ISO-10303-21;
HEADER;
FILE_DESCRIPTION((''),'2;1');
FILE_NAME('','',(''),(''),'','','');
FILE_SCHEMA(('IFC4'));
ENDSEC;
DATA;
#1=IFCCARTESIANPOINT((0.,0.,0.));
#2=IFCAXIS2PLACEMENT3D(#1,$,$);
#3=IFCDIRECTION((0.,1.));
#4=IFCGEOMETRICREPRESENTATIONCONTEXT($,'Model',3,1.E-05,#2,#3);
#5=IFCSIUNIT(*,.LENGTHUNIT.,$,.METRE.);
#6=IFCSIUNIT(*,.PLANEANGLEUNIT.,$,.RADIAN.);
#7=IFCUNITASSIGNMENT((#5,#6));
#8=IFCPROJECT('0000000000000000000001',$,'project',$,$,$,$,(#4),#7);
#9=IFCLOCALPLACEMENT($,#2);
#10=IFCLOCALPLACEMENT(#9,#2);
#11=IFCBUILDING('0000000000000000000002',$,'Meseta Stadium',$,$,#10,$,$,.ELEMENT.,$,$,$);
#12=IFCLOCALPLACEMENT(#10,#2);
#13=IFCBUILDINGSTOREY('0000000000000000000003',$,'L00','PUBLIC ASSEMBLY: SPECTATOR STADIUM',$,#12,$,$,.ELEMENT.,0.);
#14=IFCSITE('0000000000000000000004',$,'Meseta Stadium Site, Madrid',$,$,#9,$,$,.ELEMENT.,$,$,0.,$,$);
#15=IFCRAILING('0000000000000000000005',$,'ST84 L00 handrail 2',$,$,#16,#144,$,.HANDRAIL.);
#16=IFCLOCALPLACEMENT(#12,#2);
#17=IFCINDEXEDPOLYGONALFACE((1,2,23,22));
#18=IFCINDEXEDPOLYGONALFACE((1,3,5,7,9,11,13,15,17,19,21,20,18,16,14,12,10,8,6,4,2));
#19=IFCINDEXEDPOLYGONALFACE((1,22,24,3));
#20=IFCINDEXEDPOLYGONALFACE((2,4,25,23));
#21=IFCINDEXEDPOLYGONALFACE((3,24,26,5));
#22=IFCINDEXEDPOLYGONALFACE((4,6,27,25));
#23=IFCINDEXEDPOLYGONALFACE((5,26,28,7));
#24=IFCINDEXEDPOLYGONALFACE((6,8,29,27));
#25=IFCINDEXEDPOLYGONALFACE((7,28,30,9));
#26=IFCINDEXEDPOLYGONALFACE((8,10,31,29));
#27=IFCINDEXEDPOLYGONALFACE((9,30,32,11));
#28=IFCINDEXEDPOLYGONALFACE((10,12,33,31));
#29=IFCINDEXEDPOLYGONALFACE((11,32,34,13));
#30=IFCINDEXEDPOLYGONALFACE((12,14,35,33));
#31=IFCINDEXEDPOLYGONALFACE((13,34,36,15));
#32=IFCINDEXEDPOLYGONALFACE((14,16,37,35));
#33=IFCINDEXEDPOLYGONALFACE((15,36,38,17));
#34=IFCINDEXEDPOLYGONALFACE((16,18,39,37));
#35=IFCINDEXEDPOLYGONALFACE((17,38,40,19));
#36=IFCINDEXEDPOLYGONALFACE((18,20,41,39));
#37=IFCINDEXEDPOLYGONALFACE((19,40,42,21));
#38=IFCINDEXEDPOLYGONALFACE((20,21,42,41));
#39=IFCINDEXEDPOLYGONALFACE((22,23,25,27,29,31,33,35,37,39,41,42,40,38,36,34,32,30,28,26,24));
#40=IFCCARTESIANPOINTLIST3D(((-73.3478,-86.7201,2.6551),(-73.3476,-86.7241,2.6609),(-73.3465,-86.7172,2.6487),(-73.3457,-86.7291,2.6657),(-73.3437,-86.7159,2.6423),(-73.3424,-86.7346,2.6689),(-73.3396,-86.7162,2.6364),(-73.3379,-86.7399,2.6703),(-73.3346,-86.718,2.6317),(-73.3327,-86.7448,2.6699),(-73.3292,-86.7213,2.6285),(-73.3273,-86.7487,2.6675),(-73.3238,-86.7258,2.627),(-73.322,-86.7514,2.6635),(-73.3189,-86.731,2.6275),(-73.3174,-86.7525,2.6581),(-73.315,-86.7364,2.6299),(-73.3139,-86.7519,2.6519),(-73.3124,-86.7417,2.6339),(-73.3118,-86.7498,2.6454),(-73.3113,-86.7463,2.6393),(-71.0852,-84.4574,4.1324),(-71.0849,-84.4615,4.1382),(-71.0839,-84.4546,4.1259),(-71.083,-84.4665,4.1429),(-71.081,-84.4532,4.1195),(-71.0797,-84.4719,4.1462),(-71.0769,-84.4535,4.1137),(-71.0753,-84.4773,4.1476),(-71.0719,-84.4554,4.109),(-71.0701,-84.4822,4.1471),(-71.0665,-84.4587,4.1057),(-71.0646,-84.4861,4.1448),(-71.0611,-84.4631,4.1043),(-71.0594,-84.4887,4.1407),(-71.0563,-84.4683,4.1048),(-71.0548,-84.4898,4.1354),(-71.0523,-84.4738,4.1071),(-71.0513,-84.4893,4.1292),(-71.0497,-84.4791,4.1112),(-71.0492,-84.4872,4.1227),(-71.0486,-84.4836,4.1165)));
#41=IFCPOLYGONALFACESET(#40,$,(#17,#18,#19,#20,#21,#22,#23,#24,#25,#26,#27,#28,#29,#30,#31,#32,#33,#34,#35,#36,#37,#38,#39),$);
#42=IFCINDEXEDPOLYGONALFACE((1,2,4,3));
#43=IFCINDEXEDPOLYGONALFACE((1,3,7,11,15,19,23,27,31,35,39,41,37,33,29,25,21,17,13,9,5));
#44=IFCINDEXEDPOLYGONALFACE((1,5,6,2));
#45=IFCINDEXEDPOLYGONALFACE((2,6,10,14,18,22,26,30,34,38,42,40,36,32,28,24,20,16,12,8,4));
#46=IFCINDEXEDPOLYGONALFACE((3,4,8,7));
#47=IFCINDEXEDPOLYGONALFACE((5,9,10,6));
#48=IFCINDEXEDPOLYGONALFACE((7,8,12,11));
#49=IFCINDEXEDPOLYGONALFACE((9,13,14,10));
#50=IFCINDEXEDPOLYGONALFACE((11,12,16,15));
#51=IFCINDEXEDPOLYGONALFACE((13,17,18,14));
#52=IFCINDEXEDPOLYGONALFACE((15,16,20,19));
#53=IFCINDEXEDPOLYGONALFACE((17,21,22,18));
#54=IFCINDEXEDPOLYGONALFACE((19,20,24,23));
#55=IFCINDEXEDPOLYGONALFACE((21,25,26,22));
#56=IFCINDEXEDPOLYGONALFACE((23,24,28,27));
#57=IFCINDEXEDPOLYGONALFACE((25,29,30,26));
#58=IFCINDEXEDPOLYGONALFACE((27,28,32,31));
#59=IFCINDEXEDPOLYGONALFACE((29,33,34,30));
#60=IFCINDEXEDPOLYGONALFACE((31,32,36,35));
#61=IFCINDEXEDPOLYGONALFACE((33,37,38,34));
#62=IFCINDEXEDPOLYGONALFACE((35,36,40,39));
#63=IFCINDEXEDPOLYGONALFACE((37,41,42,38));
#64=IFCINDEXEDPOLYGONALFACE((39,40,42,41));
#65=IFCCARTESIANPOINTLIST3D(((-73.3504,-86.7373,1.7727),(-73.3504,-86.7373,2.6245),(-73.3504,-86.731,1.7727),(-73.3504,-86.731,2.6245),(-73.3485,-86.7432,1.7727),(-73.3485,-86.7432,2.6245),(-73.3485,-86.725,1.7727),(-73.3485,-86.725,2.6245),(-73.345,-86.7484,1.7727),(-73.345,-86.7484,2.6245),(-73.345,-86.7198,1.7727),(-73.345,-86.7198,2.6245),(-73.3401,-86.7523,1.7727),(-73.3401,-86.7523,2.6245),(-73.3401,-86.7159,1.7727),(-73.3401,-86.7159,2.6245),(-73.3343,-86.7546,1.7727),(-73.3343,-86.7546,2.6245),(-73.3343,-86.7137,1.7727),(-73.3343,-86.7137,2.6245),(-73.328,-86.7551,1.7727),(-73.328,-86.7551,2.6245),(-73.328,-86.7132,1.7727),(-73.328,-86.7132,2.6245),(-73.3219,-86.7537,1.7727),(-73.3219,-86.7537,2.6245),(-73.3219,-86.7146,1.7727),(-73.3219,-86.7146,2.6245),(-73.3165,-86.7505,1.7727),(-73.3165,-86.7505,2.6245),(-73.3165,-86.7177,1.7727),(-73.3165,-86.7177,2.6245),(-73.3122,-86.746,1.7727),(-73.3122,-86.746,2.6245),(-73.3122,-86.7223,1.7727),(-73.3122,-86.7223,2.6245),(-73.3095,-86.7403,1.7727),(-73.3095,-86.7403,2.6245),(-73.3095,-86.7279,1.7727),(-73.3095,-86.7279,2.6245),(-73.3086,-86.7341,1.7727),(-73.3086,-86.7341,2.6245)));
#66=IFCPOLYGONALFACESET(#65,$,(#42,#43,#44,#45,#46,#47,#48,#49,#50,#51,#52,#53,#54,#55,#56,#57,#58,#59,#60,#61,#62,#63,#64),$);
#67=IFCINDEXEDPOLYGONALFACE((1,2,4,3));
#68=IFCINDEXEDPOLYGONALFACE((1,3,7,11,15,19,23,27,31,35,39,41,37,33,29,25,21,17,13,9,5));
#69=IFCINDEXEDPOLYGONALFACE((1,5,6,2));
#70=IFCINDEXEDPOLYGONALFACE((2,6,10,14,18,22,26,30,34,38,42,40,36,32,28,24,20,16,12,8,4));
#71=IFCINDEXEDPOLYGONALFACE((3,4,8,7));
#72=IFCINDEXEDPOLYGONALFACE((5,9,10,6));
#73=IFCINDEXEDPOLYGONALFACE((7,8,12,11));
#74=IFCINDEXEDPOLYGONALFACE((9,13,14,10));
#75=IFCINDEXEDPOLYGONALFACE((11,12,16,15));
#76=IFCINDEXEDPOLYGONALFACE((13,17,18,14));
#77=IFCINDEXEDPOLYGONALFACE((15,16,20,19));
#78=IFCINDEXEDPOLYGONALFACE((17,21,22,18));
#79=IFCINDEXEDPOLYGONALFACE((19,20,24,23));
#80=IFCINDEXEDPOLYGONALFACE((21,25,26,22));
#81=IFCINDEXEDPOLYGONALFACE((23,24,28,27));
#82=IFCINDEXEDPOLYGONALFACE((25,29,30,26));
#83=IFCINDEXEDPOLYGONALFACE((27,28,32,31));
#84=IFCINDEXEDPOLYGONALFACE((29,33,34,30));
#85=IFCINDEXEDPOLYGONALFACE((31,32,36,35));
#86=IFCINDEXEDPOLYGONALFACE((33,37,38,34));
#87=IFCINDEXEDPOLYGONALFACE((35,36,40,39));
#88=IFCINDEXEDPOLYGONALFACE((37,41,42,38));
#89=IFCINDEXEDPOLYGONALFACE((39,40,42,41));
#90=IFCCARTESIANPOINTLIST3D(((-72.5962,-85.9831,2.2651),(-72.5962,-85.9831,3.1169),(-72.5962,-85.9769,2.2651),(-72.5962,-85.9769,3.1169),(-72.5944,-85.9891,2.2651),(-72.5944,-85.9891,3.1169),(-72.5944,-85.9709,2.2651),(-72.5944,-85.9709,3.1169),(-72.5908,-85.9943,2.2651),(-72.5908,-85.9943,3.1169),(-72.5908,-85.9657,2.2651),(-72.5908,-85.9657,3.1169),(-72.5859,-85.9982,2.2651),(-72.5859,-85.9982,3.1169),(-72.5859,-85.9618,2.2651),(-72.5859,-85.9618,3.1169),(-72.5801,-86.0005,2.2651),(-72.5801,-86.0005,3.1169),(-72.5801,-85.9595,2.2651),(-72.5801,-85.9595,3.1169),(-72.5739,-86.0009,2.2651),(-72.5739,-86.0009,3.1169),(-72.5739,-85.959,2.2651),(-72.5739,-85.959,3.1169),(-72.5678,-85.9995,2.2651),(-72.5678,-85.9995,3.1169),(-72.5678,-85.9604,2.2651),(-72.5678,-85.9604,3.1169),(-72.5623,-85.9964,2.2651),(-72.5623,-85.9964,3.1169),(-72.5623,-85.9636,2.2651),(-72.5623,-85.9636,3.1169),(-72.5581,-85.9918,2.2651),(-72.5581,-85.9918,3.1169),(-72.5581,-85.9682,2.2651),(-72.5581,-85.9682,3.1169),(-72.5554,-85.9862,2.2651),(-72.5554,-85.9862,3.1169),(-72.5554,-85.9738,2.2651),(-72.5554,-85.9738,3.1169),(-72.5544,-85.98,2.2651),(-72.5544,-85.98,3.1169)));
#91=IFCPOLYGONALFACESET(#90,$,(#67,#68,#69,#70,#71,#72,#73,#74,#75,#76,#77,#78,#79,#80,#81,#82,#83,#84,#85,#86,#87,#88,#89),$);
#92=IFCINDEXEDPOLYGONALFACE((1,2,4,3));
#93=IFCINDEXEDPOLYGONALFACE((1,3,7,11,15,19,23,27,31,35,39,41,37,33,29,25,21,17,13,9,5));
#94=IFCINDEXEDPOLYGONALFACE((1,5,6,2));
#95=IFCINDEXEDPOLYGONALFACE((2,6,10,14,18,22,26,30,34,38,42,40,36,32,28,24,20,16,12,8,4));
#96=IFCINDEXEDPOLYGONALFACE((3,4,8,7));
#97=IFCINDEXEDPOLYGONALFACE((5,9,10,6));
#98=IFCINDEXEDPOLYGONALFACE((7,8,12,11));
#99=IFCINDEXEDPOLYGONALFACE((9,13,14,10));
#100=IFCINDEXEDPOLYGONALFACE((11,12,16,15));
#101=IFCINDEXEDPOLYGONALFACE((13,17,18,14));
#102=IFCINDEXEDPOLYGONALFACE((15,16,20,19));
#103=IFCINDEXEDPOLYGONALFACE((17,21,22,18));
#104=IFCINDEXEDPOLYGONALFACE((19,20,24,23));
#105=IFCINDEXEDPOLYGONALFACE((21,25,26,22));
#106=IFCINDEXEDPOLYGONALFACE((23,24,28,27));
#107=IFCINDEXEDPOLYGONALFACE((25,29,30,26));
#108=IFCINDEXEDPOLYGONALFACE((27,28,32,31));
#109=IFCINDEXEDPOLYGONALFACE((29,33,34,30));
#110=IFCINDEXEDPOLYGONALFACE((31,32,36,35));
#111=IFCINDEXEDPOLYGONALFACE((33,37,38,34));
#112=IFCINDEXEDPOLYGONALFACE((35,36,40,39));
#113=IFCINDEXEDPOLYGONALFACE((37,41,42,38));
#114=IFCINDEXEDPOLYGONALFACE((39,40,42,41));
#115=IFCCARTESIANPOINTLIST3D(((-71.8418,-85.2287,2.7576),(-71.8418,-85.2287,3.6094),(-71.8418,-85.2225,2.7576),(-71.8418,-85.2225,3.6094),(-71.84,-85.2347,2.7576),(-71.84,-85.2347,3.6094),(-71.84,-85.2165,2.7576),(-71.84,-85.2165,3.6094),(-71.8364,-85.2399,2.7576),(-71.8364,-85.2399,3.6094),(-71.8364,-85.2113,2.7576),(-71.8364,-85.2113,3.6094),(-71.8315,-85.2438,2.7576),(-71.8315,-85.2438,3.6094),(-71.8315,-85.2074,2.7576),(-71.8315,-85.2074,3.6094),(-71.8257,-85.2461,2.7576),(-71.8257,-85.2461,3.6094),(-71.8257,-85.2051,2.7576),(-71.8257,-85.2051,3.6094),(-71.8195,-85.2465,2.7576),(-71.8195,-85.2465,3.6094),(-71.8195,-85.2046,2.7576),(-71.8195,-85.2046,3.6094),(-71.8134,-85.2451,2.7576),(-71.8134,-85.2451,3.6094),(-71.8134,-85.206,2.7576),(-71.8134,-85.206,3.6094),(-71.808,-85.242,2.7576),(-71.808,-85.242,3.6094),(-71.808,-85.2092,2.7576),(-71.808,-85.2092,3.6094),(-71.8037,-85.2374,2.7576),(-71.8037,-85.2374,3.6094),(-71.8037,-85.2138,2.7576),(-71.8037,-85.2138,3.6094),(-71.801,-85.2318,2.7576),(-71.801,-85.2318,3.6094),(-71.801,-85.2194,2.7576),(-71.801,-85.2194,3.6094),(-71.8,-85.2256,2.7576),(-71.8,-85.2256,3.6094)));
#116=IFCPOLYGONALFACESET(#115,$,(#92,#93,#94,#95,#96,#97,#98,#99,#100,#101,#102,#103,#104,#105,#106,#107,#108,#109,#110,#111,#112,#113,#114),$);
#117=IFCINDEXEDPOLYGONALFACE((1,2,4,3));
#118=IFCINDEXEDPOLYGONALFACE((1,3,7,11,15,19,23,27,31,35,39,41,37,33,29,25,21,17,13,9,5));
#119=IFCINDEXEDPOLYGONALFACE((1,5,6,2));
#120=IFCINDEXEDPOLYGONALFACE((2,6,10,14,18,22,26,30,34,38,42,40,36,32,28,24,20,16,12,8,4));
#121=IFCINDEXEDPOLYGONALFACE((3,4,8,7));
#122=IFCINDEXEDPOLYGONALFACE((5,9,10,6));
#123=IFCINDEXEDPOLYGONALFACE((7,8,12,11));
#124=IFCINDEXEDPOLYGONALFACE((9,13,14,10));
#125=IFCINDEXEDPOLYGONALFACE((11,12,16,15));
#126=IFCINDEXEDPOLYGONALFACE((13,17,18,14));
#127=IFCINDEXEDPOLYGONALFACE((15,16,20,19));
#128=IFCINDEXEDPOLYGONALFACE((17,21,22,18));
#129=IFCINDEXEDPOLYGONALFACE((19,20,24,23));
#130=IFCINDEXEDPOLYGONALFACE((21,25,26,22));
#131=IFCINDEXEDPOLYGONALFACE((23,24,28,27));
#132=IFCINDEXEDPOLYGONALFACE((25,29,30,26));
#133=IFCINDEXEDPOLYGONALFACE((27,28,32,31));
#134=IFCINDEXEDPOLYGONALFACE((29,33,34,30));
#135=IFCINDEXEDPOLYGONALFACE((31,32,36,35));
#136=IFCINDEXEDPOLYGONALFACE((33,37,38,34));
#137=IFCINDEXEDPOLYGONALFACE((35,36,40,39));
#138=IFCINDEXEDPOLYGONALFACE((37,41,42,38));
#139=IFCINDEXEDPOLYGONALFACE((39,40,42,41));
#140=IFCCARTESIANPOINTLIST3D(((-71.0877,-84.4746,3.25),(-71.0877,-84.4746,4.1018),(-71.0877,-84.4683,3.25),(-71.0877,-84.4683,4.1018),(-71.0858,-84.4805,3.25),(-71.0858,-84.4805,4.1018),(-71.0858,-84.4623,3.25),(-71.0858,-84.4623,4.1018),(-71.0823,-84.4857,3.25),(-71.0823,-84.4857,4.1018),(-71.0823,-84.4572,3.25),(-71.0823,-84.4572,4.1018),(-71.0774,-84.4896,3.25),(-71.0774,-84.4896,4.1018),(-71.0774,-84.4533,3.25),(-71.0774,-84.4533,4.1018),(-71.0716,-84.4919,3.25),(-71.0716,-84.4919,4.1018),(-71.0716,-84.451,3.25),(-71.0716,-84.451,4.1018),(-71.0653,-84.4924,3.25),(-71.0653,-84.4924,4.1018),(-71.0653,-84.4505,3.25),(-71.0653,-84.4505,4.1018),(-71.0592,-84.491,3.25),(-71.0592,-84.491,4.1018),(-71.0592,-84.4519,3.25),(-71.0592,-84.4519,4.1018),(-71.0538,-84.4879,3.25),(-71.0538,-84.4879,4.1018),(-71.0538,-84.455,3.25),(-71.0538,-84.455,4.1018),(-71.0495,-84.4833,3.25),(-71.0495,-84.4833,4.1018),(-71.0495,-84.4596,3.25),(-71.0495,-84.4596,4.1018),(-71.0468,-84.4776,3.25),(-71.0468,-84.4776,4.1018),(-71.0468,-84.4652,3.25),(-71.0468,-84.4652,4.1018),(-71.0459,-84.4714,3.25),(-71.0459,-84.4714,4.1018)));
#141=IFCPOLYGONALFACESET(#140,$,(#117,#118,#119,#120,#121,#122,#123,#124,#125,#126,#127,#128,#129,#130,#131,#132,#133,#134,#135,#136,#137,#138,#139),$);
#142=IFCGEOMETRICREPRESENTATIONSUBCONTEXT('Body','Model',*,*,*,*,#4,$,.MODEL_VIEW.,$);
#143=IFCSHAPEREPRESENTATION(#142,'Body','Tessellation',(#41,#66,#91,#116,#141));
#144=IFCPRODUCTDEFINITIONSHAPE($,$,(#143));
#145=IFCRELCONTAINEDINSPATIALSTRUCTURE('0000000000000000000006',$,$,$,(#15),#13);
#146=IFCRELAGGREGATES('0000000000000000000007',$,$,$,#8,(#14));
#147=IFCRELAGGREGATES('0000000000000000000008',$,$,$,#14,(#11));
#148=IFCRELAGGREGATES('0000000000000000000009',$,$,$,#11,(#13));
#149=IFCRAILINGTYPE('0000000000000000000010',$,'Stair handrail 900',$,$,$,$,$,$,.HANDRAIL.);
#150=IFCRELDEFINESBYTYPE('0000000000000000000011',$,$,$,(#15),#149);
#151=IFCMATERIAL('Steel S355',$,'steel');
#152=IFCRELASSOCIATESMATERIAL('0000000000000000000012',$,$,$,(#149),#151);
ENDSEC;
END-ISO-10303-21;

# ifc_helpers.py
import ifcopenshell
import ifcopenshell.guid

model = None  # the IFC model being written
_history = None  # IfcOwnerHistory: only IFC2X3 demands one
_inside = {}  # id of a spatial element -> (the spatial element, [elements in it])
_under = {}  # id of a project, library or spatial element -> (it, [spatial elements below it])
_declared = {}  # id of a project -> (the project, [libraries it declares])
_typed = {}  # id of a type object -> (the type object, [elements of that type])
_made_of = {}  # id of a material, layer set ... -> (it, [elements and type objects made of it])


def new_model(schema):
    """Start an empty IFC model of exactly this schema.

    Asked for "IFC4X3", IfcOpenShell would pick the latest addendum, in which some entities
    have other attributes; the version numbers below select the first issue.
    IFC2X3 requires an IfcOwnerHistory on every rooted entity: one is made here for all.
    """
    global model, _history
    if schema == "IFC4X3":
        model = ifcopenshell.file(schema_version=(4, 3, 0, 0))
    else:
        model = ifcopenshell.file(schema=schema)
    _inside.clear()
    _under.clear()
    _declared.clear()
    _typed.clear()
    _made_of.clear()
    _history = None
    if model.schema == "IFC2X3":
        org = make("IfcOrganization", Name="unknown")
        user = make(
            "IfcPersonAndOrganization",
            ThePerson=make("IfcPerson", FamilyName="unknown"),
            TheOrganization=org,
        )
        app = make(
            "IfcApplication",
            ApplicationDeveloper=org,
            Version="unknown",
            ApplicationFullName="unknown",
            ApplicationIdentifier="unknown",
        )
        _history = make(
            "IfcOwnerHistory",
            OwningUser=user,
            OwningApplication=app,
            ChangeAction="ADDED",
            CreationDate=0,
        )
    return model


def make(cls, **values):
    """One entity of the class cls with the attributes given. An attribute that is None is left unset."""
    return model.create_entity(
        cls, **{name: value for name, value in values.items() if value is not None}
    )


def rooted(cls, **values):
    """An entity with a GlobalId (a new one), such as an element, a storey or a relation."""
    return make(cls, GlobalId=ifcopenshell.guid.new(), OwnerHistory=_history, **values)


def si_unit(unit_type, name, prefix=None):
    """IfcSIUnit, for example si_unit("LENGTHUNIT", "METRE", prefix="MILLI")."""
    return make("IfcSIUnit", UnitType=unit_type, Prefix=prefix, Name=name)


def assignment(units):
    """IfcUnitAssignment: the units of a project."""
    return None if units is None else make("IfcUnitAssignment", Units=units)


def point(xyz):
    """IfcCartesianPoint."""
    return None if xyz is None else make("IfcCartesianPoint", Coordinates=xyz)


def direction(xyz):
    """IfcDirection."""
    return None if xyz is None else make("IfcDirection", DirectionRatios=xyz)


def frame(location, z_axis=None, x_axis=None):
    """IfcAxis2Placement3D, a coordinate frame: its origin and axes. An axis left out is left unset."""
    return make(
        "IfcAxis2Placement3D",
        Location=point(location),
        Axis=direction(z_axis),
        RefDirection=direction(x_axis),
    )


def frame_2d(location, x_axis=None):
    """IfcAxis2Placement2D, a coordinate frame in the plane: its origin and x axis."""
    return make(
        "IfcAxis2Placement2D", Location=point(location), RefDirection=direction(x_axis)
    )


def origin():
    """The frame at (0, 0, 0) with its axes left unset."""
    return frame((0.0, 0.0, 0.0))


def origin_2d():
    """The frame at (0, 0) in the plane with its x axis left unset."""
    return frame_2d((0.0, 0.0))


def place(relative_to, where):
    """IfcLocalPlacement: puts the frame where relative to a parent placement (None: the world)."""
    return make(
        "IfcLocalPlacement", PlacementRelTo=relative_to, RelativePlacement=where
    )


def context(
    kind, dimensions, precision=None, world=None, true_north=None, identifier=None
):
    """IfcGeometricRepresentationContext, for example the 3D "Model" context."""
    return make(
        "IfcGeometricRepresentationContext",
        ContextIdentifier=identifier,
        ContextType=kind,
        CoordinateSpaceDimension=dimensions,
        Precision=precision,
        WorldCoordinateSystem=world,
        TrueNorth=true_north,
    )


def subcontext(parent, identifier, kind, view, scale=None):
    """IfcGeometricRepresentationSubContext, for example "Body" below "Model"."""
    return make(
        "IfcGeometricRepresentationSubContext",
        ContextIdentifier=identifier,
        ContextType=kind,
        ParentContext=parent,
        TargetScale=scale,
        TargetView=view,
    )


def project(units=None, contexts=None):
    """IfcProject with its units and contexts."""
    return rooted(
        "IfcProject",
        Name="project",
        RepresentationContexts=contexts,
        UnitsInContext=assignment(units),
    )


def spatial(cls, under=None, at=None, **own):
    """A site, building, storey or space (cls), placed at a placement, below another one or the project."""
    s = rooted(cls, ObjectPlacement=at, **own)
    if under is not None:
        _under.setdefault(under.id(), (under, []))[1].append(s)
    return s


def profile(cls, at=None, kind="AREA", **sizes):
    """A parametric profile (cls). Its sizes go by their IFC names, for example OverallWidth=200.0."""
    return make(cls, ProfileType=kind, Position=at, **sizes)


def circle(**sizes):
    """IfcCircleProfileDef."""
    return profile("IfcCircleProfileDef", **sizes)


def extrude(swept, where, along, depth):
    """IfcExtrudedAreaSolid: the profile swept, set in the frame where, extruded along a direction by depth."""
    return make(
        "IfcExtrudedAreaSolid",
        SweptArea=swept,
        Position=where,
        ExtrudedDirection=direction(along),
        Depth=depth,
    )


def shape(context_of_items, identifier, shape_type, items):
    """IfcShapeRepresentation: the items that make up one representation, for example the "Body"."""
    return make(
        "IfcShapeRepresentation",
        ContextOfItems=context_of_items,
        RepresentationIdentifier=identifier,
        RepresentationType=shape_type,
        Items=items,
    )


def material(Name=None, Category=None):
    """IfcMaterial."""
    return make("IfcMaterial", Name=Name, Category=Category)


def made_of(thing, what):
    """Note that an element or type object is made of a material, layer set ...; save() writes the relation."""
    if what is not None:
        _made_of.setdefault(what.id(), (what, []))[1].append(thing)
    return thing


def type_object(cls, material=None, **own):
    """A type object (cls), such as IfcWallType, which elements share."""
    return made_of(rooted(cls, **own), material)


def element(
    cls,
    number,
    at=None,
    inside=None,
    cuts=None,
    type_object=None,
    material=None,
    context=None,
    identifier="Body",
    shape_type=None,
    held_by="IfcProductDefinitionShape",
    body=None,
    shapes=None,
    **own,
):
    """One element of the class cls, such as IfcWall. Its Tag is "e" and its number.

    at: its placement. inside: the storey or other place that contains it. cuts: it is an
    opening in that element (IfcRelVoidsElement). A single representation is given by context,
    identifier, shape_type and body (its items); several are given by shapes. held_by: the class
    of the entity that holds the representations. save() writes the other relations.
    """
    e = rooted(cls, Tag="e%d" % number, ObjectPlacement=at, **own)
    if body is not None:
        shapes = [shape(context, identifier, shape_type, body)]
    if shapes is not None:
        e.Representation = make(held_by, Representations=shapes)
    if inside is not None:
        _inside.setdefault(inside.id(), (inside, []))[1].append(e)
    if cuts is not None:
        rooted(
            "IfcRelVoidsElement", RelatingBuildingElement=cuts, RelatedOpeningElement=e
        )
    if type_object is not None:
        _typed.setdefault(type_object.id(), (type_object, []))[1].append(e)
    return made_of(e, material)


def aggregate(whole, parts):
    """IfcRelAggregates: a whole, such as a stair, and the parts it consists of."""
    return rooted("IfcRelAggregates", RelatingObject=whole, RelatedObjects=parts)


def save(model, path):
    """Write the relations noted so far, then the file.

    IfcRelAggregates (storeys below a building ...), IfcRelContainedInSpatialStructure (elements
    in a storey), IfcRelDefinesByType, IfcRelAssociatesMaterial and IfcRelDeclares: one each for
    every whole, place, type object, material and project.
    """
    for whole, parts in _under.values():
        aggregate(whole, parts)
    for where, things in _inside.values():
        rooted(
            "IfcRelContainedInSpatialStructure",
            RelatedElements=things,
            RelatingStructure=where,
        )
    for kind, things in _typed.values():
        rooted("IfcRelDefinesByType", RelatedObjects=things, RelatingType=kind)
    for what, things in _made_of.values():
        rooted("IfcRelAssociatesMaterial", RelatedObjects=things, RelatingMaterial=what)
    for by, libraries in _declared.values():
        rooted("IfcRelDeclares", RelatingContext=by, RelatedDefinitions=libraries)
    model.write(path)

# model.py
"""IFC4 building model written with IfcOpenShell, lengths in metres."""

from ifc_helpers import new_model, si_unit, direction, frame, origin, origin_2d, place, context, subcontext, project, spatial, circle, extrude, material, type_object, element, save


model = new_model("IFC4")

# Units and contexts
model_context = context("Model", 3, precision=1e-05, world=origin(), true_north=direction((0.0, 1.0)))
body_context = subcontext(model_context, "Body", "Model", "MODEL_VIEW")
ifc_project = project(units=[si_unit("LENGTHUNIT", "METRE"), si_unit("PLANEANGLEUNIT", "RADIAN")], contexts=[model_context])

# Site, building, storey
site_placement = place(None, origin())
site = spatial("IfcSite", under=ifc_project, at=site_placement, Name="Meseta Stadium Site, Madrid", CompositionType="ELEMENT", RefElevation=0.0)
building_placement = place(site_placement, origin())
building = spatial("IfcBuilding", under=site, at=building_placement, Name="Meseta Stadium", CompositionType="ELEMENT")
storey_placement = place(building_placement, origin())
storey = spatial("IfcBuildingStorey", under=building, at=storey_placement, Name="L00", Description="PUBLIC ASSEMBLY: SPECTATOR STADIUM", CompositionType="ELEMENT", Elevation=0.0)

# Railing
ifc_material_1 = material(Name="Steel S355", Category="steel")
railing_type_1 = type_object("IfcRailingType", Name="Stair handrail 900", PredefinedType="HANDRAIL", material=ifc_material_1)
for number, where, name in (
    (1, (-73.3296, -86.7341, 1.7727), "ST84 L00 handrail 2"),
):
    element("IfcRailing", number, at=place(storey_placement, frame(where)), inside=storey, type_object=railing_type_1, Name=name, PredefinedType="HANDRAIL", context=body_context, shape_type="SweptSolid", body=[
        extrude(circle(Radius=0.0239, at=origin_2d()), frame((0.0, 0.0, 0.876), z_axis=(0.641994, 0.641994, 0.419152), x_axis=(-0.707107, 0.707107, 0.0)), (0.0, 0.0, 1.0), 3.5244),
        extrude(circle(Radius=0.021, at=origin_2d()), origin(), (0.0, 0.0, 1.0), 0.8518),
        extrude(circle(Radius=0.021, at=origin_2d()), frame((0.7542, 0.7542, 0.4924)), (0.0, 0.0, 1.0), 0.8518),
        extrude(circle(Radius=0.021, at=origin_2d()), frame((1.5085, 1.5085, 0.9849)), (0.0, 0.0, 1.0), 0.8518),
        extrude(circle(Radius=0.021, at=origin_2d()), frame((2.2627, 2.2627, 1.4773)), (0.0, 0.0, 1.0), 0.8518),
    ])

save(model, "model.ifc")
